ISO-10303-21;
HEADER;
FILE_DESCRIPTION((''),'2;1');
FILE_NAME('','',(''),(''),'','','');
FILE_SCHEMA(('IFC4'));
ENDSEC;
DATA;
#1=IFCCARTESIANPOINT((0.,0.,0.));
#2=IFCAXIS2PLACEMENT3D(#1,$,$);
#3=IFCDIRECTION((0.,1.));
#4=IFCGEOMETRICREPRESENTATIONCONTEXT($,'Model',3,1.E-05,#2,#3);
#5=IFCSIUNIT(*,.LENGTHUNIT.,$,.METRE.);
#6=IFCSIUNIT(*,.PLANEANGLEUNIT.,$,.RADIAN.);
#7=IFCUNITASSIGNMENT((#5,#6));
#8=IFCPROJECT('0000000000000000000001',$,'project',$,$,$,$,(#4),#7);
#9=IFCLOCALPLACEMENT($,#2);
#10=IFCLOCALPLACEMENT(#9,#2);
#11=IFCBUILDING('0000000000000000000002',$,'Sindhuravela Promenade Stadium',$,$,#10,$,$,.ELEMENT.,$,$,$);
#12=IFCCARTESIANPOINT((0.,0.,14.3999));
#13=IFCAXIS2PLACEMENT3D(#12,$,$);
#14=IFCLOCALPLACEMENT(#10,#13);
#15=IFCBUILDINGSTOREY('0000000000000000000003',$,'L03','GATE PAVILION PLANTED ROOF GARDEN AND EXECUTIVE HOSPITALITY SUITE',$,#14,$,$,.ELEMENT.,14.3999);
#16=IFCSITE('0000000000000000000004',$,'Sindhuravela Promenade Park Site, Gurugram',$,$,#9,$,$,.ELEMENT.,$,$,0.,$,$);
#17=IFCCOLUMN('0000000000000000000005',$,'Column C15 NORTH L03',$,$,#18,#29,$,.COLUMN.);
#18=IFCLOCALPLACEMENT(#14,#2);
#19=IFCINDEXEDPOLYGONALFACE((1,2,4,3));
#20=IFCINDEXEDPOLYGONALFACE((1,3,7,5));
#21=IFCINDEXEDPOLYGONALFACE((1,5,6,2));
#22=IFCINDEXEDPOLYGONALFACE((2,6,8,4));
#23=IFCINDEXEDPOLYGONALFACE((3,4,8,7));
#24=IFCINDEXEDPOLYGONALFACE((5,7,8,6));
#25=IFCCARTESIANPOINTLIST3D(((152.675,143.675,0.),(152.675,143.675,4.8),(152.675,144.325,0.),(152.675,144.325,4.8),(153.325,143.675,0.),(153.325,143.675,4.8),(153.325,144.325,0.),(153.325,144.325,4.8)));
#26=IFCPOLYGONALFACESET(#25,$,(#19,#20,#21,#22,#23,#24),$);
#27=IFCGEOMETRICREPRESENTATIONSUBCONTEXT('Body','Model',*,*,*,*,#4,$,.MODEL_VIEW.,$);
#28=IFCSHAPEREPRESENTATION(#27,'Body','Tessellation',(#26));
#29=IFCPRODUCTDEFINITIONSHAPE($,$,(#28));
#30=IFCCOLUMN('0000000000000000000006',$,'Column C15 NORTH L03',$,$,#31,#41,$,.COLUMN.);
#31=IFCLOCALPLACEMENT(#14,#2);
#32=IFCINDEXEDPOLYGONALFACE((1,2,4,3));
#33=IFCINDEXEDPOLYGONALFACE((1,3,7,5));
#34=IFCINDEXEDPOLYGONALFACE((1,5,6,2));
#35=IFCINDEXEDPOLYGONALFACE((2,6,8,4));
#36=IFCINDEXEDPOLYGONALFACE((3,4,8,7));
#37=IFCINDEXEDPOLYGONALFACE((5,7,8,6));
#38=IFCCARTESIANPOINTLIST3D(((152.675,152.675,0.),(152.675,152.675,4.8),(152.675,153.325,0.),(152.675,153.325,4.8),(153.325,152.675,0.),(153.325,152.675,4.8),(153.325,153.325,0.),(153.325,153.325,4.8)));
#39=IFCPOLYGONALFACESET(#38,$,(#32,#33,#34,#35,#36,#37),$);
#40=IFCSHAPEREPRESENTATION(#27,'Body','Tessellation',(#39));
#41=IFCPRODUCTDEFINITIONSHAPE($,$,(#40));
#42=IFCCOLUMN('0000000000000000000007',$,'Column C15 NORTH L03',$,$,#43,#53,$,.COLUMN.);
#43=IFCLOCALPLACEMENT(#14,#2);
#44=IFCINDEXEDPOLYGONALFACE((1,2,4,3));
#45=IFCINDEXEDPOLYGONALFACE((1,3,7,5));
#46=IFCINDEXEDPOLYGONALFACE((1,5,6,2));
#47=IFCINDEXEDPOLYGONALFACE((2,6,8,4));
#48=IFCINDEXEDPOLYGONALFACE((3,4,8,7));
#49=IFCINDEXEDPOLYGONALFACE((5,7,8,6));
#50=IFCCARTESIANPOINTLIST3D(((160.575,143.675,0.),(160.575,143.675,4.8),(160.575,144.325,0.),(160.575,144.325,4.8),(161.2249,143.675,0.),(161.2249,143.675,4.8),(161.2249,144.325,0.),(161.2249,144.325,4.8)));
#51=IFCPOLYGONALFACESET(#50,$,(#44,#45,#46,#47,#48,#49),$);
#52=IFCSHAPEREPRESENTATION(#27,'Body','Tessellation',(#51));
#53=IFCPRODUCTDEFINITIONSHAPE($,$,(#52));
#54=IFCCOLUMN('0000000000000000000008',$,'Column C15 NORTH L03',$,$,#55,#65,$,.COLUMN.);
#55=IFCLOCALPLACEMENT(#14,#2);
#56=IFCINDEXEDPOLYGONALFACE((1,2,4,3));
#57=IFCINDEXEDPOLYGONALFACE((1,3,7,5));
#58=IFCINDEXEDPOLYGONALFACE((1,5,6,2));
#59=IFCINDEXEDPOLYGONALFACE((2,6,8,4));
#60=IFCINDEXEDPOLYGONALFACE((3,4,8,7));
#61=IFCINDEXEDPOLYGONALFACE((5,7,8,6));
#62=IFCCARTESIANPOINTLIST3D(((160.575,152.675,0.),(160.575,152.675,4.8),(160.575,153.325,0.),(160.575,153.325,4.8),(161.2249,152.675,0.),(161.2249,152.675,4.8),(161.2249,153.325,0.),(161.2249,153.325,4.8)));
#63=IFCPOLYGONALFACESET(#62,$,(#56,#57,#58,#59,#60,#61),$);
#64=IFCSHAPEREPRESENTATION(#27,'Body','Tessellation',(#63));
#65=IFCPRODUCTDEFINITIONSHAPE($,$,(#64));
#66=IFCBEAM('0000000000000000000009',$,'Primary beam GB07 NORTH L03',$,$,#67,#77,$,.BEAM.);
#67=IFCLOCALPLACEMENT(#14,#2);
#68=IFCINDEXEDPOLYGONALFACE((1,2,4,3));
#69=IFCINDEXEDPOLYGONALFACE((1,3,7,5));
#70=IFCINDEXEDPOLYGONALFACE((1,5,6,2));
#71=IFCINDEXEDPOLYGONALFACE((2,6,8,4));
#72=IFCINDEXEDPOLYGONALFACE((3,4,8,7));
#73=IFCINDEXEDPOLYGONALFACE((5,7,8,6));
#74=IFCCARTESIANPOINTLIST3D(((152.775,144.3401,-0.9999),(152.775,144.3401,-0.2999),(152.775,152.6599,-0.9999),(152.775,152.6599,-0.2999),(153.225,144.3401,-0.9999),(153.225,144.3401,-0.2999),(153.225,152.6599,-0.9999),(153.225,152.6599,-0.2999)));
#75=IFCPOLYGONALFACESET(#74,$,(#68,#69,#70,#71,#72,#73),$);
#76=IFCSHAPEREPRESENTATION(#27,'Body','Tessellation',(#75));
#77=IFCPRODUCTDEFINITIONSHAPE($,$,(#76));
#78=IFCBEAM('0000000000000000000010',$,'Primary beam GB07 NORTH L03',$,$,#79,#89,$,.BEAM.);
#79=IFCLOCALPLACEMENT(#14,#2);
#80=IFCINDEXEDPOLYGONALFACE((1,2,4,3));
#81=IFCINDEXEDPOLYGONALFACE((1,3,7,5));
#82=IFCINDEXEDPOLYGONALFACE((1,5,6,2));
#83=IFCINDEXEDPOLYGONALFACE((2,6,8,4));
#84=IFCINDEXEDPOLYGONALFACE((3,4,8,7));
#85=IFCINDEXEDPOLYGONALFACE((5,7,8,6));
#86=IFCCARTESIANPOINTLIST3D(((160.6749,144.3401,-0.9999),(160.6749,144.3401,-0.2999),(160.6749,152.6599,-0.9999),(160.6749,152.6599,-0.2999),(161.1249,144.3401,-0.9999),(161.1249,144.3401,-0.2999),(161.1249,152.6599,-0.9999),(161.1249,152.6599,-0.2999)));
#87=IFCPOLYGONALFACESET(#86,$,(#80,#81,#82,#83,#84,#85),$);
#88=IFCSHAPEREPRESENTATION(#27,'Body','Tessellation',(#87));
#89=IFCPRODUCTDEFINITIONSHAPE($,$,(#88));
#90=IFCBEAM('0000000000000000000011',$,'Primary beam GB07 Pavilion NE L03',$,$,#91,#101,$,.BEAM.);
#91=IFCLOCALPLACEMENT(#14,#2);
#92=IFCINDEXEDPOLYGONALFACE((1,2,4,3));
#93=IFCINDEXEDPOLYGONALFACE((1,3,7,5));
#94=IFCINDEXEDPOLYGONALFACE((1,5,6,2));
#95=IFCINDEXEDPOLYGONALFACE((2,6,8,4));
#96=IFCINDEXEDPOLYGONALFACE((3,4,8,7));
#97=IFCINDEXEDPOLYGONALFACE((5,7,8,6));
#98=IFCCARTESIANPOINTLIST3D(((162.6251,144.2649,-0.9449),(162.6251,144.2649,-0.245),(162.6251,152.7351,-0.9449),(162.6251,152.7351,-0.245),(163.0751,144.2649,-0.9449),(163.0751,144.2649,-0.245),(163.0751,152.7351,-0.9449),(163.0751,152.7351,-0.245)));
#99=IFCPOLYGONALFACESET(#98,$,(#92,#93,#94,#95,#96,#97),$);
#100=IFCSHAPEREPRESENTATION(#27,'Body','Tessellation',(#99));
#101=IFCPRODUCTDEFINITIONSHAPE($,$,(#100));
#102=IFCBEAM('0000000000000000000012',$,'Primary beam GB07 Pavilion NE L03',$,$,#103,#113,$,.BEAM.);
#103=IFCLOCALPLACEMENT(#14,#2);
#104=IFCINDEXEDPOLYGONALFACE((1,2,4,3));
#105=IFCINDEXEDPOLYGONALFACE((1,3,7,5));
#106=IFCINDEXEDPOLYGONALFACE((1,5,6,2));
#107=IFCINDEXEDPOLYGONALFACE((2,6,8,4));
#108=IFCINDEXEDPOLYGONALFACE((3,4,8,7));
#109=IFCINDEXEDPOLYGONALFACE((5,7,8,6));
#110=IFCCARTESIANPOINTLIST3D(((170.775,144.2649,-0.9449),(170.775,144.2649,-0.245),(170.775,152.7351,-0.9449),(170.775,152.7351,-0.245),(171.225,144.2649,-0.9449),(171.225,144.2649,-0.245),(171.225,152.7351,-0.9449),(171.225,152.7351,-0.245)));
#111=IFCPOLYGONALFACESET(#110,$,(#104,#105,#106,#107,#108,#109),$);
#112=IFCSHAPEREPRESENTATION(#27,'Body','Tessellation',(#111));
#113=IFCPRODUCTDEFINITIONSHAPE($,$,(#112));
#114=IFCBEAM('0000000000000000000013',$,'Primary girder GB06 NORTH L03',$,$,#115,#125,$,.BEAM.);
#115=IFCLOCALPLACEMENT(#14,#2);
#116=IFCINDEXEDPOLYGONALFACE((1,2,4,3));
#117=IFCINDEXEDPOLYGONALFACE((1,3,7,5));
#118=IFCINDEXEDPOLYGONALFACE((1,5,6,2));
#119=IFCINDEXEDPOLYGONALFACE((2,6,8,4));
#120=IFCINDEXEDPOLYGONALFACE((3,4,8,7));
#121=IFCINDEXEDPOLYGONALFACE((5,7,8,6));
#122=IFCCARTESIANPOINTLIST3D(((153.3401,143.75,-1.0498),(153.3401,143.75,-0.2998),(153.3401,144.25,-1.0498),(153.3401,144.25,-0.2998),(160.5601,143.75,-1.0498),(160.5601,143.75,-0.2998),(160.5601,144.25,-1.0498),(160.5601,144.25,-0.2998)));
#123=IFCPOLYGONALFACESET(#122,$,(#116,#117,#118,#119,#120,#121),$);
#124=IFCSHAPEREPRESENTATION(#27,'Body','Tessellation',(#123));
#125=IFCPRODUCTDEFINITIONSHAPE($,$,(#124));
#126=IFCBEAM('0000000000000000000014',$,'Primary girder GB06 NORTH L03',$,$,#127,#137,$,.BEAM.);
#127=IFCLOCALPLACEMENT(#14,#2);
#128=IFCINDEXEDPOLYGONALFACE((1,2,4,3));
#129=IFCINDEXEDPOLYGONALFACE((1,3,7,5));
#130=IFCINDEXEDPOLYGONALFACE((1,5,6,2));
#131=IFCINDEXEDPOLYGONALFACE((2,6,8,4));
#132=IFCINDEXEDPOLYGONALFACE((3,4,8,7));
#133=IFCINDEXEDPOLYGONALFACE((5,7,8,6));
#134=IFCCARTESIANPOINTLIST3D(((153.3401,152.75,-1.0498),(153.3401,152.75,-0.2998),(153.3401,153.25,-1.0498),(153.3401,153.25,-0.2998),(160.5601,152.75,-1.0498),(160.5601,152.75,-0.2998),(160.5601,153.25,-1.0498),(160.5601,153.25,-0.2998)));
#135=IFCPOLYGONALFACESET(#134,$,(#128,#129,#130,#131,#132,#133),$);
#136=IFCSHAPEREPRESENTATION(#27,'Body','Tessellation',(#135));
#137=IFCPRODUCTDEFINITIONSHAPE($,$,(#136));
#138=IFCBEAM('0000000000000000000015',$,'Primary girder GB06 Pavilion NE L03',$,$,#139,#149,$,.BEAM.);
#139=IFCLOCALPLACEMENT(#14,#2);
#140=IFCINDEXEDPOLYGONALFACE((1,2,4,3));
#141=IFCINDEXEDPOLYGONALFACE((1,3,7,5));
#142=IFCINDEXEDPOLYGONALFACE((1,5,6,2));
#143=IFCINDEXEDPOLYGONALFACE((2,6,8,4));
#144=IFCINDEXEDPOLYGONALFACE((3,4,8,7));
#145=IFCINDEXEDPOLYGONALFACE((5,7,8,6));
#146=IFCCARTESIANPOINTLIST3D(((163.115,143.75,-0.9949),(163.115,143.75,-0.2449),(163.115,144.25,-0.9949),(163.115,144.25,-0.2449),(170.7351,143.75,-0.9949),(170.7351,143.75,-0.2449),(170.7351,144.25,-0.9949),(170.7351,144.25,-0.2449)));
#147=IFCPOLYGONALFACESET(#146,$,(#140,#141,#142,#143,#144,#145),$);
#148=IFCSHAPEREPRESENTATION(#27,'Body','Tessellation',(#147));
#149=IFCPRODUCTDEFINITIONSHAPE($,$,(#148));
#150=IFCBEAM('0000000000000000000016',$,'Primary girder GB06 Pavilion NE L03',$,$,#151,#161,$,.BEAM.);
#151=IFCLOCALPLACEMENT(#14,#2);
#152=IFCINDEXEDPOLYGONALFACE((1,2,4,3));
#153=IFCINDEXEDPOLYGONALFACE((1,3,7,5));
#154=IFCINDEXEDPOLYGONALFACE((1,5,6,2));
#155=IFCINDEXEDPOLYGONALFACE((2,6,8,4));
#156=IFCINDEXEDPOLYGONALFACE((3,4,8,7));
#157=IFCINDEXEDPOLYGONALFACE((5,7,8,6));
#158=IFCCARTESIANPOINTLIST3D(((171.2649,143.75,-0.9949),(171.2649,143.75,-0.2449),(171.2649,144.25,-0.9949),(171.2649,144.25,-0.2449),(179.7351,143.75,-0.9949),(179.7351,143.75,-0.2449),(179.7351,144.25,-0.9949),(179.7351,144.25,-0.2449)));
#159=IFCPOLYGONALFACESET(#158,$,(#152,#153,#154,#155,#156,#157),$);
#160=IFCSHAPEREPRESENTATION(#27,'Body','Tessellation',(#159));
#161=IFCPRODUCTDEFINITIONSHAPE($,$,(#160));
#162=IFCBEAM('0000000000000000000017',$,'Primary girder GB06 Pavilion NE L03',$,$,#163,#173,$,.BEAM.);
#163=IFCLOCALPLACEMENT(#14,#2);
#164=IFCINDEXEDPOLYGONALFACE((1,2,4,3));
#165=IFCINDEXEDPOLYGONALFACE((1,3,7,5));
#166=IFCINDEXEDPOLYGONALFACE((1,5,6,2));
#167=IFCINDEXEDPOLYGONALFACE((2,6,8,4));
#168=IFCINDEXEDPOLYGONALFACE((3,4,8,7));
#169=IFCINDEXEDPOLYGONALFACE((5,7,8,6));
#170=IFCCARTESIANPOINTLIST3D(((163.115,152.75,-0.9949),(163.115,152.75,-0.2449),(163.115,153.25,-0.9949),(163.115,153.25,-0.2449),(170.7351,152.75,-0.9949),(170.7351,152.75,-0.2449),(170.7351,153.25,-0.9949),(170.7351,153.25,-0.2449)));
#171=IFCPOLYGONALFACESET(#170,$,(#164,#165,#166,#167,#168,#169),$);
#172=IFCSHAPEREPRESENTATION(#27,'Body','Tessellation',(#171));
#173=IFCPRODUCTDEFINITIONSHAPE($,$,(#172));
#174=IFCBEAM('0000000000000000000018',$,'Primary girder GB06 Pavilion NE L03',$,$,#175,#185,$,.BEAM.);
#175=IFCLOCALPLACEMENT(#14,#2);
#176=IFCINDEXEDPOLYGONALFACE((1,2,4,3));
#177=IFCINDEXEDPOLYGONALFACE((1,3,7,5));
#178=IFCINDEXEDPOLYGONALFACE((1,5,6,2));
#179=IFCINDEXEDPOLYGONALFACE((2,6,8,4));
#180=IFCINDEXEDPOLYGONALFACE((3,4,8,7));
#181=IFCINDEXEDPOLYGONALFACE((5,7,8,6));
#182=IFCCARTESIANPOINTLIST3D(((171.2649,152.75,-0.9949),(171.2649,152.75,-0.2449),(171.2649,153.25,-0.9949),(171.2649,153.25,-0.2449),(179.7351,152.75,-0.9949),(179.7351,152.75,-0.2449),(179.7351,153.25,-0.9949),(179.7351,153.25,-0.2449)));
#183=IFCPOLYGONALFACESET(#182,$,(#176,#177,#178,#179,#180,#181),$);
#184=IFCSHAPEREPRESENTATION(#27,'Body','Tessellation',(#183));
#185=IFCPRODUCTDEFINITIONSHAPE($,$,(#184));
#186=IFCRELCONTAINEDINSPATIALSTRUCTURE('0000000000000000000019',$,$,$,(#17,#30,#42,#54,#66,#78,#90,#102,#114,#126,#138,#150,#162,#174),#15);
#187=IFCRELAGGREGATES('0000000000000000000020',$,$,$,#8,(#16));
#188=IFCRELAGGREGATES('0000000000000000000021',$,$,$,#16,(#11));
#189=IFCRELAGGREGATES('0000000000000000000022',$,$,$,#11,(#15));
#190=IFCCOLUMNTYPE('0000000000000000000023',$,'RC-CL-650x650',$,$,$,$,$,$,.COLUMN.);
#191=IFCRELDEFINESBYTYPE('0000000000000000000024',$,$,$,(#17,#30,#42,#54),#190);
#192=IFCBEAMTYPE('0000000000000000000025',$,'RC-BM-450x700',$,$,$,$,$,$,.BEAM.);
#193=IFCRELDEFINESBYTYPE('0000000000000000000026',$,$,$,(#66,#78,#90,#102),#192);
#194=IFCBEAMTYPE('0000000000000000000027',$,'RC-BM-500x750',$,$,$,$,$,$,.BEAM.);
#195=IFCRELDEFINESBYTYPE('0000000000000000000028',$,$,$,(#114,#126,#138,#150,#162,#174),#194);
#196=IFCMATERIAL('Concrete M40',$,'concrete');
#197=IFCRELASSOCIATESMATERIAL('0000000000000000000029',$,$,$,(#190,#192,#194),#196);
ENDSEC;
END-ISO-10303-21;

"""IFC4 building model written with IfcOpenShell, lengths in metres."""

from ifc_helpers import new_model, si_unit, direction, frame, origin, origin_2d, place, context, subcontext, project, spatial, rectangle, extrude, material, material_profile, profile_set, type_object, element, save


model = new_model("IFC4")

# Units and contexts
model_context = context("Model", 3, precision=1e-05, world=origin(), true_north=direction((0.0, 1.0)))
body_context = subcontext(model_context, "Body", "Model", "MODEL_VIEW")
ifc_project = project(units=[si_unit("LENGTHUNIT", "METRE"), si_unit("PLANEANGLEUNIT", "RADIAN")], contexts=[model_context])

# Site, building, storey
site_placement = place(None, origin())
site = spatial("IfcSite", under=ifc_project, at=site_placement, Name="Sindhuravela Promenade Park Site, Gurugram", CompositionType="ELEMENT", RefElevation=0.0)
building_placement = place(site_placement, origin())
building = spatial("IfcBuilding", under=site, at=building_placement, Name="Sindhuravela Promenade Stadium", CompositionType="ELEMENT")
storey_placement = place(building_placement, frame((0.0, 0.0, 14.3999)))
storey = spatial("IfcBuildingStorey", under=building, at=storey_placement, Name="L03", Description="GATE PAVILION PLANTED ROOF GARDEN AND EXECUTIVE HOSPITALITY SUITE", CompositionType="ELEMENT", Elevation=14.3999)

# Columns
ifc_material_1 = material(Name="Concrete M40", Category="concrete")
ifc_material_profile_1 = material_profile(ifc_material_1, rectangle(XDim=0.6499, YDim=0.6499, at=origin_2d()), Name="RC 650x650")
ifc_profile_set_1 = profile_set([ifc_material_profile_1], Name="Concrete M40")
column_type = type_object("IfcColumnType", Name="RC-CL-650x650", PredefinedType="COLUMN", material=ifc_profile_set_1)
for number, where, z_axis, x_axis, name in (
    (1, (153.0, 144.0, 0.0), (0.0, 0.0, 1.0), (1.0, 0.0, 0.0), "Column C15 NORTH L03"),
    (2, (153.0, 153.0, 0.0), (0.0, 0.0, 1.0), (1.0, 0.0, 0.0), "Column C15 NORTH L03"),
    (3, (160.8999, 144.0, 0.0), (0.0, 0.0, 1.0), (1.0, 0.0, 0.0), "Column C15 NORTH L03"),
    (4, (160.8999, 153.0, 0.0), (0.0, 0.0, 1.0), (1.0, 0.0, 0.0), "Column C15 NORTH L03"),
):
    element("IfcColumn", number, at=place(storey_placement, frame(where, z_axis=z_axis, x_axis=x_axis)), inside=storey, type_object=column_type, Name=name, PredefinedType="COLUMN", context=body_context, shape_type="SweptSolid", body=[
        extrude(rectangle(XDim=0.6499, YDim=0.6499, at=origin_2d()), origin(), (0.0, 0.0, 1.0), 4.8),
    ])

# Beams
ifc_material_profile_2 = material_profile(ifc_material_1, rectangle(XDim=0.45, YDim=0.7, at=origin_2d()), Name="RC 450x700")
ifc_profile_set_2 = profile_set([ifc_material_profile_2], Name="Concrete M40")
beam_type_1 = type_object("IfcBeamType", Name="RC-BM-450x700", PredefinedType="BEAM", material=ifc_profile_set_2)
for number, where, z_axis, x_axis, name in (
    (5, (153.0, 144.3401, -0.6499), (0.0, 1.0, 0.0), (-1.0, 0.0, 0.0), "Primary beam GB07 NORTH L03"),
    (6, (160.8999, 144.3401, -0.6499), (0.0, 1.0, 0.0), (-1.0, 0.0, 0.0), "Primary beam GB07 NORTH L03"),
):
    element("IfcBeam", number, at=place(storey_placement, frame(where, z_axis=z_axis, x_axis=x_axis)), inside=storey, type_object=beam_type_1, Name=name, PredefinedType="BEAM", context=body_context, shape_type="SweptSolid", body=[
        extrude(rectangle(XDim=0.45, YDim=0.7, at=origin_2d()), origin(), (0.0, 0.0, 1.0), 8.3198),
    ])
for number, where, z_axis, x_axis, name in (
    (7, (162.8501, 144.2649, -0.595), (0.0, 1.0, 0.0), (-1.0, 0.0, 0.0), "Primary beam GB07 Pavilion NE L03"),
    (8, (171.0, 144.2649, -0.595), (0.0, 1.0, 0.0), (-1.0, 0.0, 0.0), "Primary beam GB07 Pavilion NE L03"),
):
    element("IfcBeam", number, at=place(storey_placement, frame(where, z_axis=z_axis, x_axis=x_axis)), inside=storey, type_object=beam_type_1, Name=name, PredefinedType="BEAM", context=body_context, shape_type="SweptSolid", body=[
        extrude(rectangle(XDim=0.45, YDim=0.7, at=origin_2d()), origin(), (0.0, 0.0, 1.0), 8.4702),
    ])
ifc_material_profile_3 = material_profile(ifc_material_1, rectangle(XDim=0.5, YDim=0.75, at=origin_2d()), Name="RC 500x750")
ifc_profile_set_3 = profile_set([ifc_material_profile_3], Name="Concrete M40")
beam_type_2 = type_object("IfcBeamType", Name="RC-BM-500x750", PredefinedType="BEAM", material=ifc_profile_set_3)
for number, where, z_axis, x_axis, name in (
    (9, (153.3401, 144.0, -0.6748), (1.0, 0.0, 0.0), (0.0, 1.0, 0.0), "Primary girder GB06 NORTH L03"),
    (10, (153.3401, 153.0, -0.6748), (1.0, 0.0, 0.0), (0.0, 1.0, 0.0), "Primary girder GB06 NORTH L03"),
):
    element("IfcBeam", number, at=place(storey_placement, frame(where, z_axis=z_axis, x_axis=x_axis)), inside=storey, type_object=beam_type_2, Name=name, PredefinedType="BEAM", context=body_context, shape_type="SweptSolid", body=[
        extrude(rectangle(XDim=0.5, YDim=0.75, at=origin_2d()), origin(), (0.0, 0.0, 1.0), 7.22),
    ])
beam_1_placement = place(storey_placement, frame((163.115, 144.0, -0.6199), z_axis=(1.0, 0.0, 0.0), x_axis=(0.0, 1.0, 0.0)))
element("IfcBeam", 11, at=beam_1_placement, inside=storey, type_object=beam_type_2, Name="Primary girder GB06 Pavilion NE L03", PredefinedType="BEAM", context=body_context, shape_type="SweptSolid", body=[
    extrude(rectangle(XDim=0.5, YDim=0.75, at=origin_2d()), origin(), (0.0, 0.0, 1.0), 7.6201),
])
beam_2_placement = place(storey_placement, frame((171.2649, 144.0, -0.6199), z_axis=(1.0, 0.0, 0.0), x_axis=(0.0, 1.0, 0.0)))
element("IfcBeam", 12, at=beam_2_placement, inside=storey, type_object=beam_type_2, Name="Primary girder GB06 Pavilion NE L03", PredefinedType="BEAM", context=body_context, shape_type="SweptSolid", body=[
    extrude(rectangle(XDim=0.5, YDim=0.75, at=origin_2d()), origin(), (0.0, 0.0, 1.0), 8.4702),
])
beam_3_placement = place(storey_placement, frame((163.115, 153.0, -0.6199), z_axis=(1.0, 0.0, 0.0), x_axis=(0.0, 1.0, 0.0)))
element("IfcBeam", 13, at=beam_3_placement, inside=storey, type_object=beam_type_2, Name="Primary girder GB06 Pavilion NE L03", PredefinedType="BEAM", context=body_context, shape_type="SweptSolid", body=[
    extrude(rectangle(XDim=0.5, YDim=0.75, at=origin_2d()), origin(), (0.0, 0.0, 1.0), 7.6201),
])
beam_4_placement = place(storey_placement, frame((171.2649, 153.0, -0.6199), z_axis=(1.0, 0.0, 0.0), x_axis=(0.0, 1.0, 0.0)))
element("IfcBeam", 14, at=beam_4_placement, inside=storey, type_object=beam_type_2, Name="Primary girder GB06 Pavilion NE L03", PredefinedType="BEAM", context=body_context, shape_type="SweptSolid", body=[
    extrude(rectangle(XDim=0.5, YDim=0.75, at=origin_2d()), origin(), (0.0, 0.0, 1.0), 8.4702),
])

save(model, "model.ifc")
